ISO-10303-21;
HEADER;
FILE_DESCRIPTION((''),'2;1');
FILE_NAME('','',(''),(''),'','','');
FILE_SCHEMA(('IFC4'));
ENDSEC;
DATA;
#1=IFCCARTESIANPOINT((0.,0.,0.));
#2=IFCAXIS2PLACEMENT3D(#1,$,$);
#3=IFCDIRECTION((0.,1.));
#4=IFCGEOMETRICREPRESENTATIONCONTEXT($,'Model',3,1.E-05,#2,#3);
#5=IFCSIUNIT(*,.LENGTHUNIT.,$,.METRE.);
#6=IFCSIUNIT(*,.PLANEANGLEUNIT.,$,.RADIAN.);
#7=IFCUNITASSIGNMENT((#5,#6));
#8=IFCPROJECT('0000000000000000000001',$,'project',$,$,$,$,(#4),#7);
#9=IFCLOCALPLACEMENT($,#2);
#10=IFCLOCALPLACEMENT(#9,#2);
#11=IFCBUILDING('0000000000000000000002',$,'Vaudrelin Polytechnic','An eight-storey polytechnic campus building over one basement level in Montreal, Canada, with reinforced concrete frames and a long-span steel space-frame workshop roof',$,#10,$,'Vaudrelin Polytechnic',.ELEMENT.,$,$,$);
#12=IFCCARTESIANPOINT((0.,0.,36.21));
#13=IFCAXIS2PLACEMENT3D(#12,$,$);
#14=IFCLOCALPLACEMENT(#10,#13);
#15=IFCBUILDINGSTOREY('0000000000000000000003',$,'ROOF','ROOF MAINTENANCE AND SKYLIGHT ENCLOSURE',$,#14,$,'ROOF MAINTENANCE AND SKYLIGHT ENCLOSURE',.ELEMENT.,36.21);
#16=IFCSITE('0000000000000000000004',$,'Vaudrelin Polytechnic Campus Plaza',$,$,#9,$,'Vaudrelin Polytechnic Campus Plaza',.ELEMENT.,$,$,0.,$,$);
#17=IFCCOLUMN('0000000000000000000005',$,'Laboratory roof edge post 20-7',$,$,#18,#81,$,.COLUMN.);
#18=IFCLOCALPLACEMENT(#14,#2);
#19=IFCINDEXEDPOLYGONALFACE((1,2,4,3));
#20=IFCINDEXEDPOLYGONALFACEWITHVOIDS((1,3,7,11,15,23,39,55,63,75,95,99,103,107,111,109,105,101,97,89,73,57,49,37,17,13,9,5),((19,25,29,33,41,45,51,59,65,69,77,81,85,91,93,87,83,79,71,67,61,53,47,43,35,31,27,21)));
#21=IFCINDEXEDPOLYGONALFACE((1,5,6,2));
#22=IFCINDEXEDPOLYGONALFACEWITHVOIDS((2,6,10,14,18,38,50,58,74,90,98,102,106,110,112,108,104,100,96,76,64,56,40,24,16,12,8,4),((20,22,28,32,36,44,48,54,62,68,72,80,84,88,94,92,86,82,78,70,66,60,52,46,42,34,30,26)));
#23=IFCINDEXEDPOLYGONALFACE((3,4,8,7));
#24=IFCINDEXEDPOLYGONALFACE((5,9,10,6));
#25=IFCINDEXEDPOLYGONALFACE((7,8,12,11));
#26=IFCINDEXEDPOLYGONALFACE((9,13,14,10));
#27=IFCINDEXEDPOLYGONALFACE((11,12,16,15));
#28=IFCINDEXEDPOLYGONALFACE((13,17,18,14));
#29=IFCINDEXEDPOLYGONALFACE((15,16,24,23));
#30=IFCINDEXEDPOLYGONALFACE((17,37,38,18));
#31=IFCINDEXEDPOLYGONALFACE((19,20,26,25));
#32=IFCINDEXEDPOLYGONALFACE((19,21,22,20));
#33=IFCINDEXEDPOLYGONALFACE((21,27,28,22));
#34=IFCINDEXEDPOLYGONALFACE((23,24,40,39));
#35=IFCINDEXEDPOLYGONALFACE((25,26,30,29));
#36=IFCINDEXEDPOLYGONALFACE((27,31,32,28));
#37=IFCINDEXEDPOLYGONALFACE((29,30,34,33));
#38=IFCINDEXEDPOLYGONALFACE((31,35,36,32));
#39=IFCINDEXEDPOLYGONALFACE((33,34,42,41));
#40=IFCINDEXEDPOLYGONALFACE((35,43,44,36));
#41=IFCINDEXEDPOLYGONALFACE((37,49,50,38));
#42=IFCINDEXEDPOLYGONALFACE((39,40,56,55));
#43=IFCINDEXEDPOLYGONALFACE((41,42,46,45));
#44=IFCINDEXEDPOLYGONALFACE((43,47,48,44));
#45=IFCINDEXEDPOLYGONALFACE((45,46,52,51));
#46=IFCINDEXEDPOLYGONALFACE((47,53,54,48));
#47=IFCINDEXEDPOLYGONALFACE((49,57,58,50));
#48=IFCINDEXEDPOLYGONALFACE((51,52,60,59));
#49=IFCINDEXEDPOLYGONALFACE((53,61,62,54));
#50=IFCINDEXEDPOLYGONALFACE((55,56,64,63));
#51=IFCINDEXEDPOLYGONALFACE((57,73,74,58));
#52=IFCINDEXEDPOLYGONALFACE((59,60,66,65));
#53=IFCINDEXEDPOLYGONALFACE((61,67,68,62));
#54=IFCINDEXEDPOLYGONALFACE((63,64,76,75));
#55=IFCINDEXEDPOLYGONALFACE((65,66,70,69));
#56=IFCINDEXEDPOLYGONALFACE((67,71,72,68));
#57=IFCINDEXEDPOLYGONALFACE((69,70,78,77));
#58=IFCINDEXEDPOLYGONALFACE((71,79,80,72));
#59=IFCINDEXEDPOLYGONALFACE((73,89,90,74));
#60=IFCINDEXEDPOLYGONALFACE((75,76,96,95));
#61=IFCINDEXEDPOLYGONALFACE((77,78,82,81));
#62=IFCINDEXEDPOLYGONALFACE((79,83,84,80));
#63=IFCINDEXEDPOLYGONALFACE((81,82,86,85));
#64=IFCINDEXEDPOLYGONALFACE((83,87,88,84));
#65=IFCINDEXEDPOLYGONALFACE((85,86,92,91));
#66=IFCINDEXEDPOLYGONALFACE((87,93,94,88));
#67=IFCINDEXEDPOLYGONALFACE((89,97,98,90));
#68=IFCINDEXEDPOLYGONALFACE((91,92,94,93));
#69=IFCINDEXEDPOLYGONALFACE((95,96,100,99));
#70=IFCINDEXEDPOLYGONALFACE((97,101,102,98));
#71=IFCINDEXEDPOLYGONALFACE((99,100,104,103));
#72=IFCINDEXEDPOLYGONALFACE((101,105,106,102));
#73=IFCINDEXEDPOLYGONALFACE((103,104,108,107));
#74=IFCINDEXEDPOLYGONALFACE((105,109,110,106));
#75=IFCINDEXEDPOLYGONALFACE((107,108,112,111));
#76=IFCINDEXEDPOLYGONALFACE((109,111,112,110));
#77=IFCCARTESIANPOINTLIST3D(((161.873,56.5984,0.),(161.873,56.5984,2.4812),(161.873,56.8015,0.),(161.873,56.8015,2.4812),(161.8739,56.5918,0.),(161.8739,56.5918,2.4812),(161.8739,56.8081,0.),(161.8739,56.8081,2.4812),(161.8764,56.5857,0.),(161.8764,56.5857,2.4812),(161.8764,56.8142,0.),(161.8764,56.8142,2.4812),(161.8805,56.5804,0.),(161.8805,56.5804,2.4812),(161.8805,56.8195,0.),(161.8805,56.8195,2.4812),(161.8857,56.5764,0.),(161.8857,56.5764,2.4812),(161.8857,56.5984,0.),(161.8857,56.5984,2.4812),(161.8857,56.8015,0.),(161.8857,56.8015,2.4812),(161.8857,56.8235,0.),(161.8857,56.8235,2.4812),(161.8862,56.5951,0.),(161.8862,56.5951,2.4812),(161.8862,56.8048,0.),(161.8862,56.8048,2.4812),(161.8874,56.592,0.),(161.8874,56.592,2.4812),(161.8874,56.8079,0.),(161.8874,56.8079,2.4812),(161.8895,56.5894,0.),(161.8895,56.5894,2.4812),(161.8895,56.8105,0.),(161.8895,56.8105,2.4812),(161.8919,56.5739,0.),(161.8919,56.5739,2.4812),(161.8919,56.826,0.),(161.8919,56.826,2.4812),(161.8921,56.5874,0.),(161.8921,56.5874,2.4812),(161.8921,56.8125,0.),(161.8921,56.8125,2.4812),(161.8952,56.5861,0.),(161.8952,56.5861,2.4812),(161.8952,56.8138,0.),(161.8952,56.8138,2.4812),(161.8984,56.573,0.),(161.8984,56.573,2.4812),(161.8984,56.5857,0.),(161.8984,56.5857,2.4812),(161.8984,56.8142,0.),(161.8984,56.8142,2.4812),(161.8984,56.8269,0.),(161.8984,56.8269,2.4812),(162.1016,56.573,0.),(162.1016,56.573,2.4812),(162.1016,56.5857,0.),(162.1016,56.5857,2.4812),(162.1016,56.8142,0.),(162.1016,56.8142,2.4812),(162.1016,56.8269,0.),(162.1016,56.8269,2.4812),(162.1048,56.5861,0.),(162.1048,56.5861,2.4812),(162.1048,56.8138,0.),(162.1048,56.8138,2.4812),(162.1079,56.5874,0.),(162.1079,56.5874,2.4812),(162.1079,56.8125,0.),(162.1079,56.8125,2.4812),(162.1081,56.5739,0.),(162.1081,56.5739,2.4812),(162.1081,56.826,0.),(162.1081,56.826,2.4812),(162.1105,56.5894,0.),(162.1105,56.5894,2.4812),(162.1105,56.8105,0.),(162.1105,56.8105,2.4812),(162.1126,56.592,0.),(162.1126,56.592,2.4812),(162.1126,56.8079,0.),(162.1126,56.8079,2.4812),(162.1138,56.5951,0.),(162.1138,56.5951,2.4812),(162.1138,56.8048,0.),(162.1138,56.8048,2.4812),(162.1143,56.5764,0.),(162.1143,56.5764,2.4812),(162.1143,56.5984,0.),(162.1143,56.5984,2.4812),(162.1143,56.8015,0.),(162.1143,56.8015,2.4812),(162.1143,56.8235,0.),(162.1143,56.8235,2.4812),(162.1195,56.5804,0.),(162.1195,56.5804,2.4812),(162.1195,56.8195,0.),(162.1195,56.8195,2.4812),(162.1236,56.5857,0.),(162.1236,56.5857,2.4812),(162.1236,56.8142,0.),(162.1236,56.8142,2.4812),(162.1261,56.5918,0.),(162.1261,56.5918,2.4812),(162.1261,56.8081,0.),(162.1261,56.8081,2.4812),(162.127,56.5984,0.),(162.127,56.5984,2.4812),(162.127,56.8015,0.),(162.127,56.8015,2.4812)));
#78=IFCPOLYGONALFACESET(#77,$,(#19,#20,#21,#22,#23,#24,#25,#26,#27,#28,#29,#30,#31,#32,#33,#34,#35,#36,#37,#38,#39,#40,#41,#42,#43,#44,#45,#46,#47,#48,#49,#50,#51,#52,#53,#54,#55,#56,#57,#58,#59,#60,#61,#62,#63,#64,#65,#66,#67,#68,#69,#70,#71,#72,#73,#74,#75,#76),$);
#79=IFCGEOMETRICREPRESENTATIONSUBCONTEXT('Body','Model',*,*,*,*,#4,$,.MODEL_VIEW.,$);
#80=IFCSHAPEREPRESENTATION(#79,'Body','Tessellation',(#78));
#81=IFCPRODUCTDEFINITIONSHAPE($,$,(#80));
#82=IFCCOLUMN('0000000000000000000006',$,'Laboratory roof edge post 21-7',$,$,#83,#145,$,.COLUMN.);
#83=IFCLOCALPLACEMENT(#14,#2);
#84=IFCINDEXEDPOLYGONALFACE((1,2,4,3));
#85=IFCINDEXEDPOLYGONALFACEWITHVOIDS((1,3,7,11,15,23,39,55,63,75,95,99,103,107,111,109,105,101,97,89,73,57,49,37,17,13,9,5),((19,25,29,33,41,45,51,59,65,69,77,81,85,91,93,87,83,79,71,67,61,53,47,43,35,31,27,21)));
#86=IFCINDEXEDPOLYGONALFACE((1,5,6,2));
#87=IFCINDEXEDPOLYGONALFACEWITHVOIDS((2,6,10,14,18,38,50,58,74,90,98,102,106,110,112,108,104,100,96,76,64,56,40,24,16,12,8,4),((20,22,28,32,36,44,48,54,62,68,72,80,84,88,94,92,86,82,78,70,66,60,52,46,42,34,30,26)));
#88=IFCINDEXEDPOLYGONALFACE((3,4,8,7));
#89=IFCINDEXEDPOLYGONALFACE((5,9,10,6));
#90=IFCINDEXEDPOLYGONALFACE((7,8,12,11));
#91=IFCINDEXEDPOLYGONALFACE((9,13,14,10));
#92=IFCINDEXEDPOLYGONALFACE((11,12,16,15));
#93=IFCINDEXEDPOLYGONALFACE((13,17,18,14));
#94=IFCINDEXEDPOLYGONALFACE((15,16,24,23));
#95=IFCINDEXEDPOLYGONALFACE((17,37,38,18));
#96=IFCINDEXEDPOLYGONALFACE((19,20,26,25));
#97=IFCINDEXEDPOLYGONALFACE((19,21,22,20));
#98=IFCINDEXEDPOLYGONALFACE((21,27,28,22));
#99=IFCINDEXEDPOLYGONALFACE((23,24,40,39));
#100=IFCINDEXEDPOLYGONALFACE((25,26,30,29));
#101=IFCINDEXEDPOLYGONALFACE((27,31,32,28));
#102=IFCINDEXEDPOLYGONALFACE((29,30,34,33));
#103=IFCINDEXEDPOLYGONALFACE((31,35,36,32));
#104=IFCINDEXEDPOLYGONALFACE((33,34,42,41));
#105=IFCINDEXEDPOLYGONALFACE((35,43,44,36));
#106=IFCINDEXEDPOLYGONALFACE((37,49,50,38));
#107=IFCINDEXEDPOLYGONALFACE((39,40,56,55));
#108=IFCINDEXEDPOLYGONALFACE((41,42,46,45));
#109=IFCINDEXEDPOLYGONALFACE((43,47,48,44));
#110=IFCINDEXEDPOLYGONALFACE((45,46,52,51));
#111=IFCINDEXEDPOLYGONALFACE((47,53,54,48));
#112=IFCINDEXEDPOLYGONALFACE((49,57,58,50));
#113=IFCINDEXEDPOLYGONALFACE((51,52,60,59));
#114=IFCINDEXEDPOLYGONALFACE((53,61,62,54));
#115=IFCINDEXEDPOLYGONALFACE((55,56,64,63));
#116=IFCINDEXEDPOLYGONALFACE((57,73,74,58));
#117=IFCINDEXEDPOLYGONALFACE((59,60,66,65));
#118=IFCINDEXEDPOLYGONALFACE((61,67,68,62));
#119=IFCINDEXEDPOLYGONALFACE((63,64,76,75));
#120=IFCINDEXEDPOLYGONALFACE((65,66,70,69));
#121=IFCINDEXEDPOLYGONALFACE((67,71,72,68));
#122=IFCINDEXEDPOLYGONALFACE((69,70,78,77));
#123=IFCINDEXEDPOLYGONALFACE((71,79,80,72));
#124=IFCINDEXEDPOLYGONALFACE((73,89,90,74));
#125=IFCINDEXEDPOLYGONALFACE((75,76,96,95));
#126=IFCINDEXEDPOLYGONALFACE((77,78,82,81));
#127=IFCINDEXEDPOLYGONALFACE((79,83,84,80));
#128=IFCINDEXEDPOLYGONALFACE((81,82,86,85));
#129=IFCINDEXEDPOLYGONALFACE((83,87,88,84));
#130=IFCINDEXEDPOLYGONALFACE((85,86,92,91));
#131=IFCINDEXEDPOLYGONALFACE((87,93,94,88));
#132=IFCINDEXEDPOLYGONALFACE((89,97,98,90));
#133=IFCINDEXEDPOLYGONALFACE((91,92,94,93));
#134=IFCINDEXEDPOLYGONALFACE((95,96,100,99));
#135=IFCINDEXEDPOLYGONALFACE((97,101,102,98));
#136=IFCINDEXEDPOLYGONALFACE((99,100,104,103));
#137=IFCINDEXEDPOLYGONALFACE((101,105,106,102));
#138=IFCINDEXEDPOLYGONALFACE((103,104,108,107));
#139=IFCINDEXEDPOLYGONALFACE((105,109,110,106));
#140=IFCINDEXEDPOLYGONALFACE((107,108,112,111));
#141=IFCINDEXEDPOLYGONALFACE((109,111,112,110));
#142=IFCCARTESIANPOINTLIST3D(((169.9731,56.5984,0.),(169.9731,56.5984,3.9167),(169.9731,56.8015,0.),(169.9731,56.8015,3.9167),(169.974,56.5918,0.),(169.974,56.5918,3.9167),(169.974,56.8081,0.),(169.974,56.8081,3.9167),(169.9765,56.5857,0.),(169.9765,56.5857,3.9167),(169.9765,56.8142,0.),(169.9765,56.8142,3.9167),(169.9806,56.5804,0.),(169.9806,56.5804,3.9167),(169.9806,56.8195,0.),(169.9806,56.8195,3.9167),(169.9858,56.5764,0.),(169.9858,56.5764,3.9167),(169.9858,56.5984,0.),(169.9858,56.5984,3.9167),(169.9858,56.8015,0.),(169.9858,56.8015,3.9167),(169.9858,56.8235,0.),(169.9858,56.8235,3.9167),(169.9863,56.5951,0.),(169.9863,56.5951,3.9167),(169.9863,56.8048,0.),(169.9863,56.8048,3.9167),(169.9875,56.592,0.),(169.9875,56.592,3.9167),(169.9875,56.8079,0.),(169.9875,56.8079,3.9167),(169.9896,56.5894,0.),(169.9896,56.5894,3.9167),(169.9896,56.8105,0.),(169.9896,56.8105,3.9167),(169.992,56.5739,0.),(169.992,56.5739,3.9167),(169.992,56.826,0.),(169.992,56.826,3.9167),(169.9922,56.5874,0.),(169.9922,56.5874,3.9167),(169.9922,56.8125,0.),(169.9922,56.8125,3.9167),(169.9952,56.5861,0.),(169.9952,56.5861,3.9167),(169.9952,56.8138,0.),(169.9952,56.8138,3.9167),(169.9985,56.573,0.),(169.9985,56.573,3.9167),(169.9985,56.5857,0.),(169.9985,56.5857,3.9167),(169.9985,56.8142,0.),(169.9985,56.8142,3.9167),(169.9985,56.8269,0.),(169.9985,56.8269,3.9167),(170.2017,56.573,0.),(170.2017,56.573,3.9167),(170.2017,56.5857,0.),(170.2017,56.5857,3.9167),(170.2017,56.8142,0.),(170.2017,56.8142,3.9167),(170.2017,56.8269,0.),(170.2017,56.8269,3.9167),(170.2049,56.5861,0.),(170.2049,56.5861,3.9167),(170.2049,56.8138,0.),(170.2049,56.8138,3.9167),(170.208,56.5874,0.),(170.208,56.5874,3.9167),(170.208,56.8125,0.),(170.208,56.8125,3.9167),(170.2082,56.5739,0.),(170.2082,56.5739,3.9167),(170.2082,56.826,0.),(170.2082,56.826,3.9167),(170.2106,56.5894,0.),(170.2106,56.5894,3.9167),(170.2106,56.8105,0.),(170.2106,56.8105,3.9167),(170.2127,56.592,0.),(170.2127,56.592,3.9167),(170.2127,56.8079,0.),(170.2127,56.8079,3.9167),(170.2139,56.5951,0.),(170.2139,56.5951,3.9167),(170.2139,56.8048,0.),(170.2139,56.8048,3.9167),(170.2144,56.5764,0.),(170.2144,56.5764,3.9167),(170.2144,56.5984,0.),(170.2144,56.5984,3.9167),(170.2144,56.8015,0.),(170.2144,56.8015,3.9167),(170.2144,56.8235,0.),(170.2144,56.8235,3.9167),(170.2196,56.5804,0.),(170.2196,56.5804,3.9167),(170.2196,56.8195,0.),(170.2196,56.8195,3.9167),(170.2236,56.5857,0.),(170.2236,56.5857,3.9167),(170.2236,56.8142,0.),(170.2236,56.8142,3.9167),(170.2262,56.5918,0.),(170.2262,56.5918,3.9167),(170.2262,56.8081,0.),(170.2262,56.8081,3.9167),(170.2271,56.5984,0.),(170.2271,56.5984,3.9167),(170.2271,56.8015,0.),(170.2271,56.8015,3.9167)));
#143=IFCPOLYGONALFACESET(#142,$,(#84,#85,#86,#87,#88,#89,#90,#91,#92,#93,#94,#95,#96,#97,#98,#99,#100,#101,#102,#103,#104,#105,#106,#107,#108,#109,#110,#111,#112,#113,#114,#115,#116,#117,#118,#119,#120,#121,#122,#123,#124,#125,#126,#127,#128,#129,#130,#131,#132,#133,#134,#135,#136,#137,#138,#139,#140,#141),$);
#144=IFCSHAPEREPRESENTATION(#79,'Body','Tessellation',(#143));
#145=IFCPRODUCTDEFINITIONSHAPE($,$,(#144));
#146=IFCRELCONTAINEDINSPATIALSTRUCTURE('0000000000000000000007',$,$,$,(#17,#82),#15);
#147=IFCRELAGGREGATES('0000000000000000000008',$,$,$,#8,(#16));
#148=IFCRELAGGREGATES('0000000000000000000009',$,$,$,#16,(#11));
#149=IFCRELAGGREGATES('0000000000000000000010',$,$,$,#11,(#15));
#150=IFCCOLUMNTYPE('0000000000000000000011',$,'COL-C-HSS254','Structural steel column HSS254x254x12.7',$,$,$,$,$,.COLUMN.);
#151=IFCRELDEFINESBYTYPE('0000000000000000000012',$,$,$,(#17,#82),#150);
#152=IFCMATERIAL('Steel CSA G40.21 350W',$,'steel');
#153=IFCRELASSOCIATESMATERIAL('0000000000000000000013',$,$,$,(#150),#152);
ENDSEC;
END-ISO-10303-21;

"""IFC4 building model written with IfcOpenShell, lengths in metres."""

from ifc_helpers import new_model, si_unit, direction, frame, origin, origin_2d, place, context, subcontext, project, spatial, hollow_rectangle, extrude, material, material_profile, profile_set, type_object, element, save


model = new_model("IFC4")

# Units and contexts
model_context = context("Model", 3, precision=1e-05, world=origin(), true_north=direction((0.0, 1.0)))
body_context = subcontext(model_context, "Body", "Model", "MODEL_VIEW")
ifc_project = project(units=[si_unit("LENGTHUNIT", "METRE"), si_unit("PLANEANGLEUNIT", "RADIAN")], contexts=[model_context])

# Site, building, storey
site_placement = place(None, origin())
site = spatial("IfcSite", under=ifc_project, at=site_placement, Name="Vaudrelin Polytechnic Campus Plaza", LongName="Vaudrelin Polytechnic Campus Plaza", CompositionType="ELEMENT", RefElevation=0.0)
building_placement = place(site_placement, origin())
building = spatial("IfcBuilding", under=site, at=building_placement, Name="Vaudrelin Polytechnic", Description="An eight-storey polytechnic campus building over one basement level in Montreal, Canada, with reinforced concrete frames and a long-span steel space-frame workshop roof", LongName="Vaudrelin Polytechnic", CompositionType="ELEMENT")
storey_placement = place(building_placement, frame((0.0, 0.0, 36.21)))
storey = spatial("IfcBuildingStorey", under=building, at=storey_placement, Name="ROOF", Description="ROOF MAINTENANCE AND SKYLIGHT ENCLOSURE", LongName="ROOF MAINTENANCE AND SKYLIGHT ENCLOSURE", CompositionType="ELEMENT", Elevation=36.21)

# Columns
ifc_material_1 = material(Name="Steel CSA G40.21 350W", Category="steel")
ifc_material_profile = material_profile(ifc_material_1, hollow_rectangle(XDim=0.2539, YDim=0.2539, WallThickness=0.0127, InnerFilletRadius=0.0127, OuterFilletRadius=0.0254, at=origin_2d()), Name="HSS254x254x12.7")
ifc_profile_set = profile_set([ifc_material_profile], Name="Steel CSA G40.21 350W")
column_type = type_object("IfcColumnType", Name="COL-C-HSS254", Description="Structural steel column HSS254x254x12.7", PredefinedType="COLUMN", material=ifc_profile_set)
column_1_placement = place(storey_placement, frame((162.0, 56.7, 0.0), z_axis=(0.0, 0.0, 1.0), x_axis=(1.0, 0.0, 0.0)))
element("IfcColumn", 1, at=column_1_placement, inside=storey, type_object=column_type, Name="Laboratory roof edge post 20-7", PredefinedType="COLUMN", context=body_context, shape_type="SweptSolid", body=[
    extrude(hollow_rectangle(XDim=0.2539, YDim=0.2539, WallThickness=0.0127, InnerFilletRadius=0.0127, OuterFilletRadius=0.0254, at=origin_2d()), origin(), (0.0, 0.0, 1.0), 2.4812),
])
column_2_placement = place(storey_placement, frame((170.1001, 56.7, 0.0), z_axis=(0.0, 0.0, 1.0), x_axis=(1.0, 0.0, 0.0)))
element("IfcColumn", 2, at=column_2_placement, inside=storey, type_object=column_type, Name="Laboratory roof edge post 21-7", PredefinedType="COLUMN", context=body_context, shape_type="SweptSolid", body=[
    extrude(hollow_rectangle(XDim=0.2539, YDim=0.2539, WallThickness=0.0127, InnerFilletRadius=0.0127, OuterFilletRadius=0.0254, at=origin_2d()), origin(), (0.0, 0.0, 1.0), 3.9167),
])

save(model, "model.ifc")
